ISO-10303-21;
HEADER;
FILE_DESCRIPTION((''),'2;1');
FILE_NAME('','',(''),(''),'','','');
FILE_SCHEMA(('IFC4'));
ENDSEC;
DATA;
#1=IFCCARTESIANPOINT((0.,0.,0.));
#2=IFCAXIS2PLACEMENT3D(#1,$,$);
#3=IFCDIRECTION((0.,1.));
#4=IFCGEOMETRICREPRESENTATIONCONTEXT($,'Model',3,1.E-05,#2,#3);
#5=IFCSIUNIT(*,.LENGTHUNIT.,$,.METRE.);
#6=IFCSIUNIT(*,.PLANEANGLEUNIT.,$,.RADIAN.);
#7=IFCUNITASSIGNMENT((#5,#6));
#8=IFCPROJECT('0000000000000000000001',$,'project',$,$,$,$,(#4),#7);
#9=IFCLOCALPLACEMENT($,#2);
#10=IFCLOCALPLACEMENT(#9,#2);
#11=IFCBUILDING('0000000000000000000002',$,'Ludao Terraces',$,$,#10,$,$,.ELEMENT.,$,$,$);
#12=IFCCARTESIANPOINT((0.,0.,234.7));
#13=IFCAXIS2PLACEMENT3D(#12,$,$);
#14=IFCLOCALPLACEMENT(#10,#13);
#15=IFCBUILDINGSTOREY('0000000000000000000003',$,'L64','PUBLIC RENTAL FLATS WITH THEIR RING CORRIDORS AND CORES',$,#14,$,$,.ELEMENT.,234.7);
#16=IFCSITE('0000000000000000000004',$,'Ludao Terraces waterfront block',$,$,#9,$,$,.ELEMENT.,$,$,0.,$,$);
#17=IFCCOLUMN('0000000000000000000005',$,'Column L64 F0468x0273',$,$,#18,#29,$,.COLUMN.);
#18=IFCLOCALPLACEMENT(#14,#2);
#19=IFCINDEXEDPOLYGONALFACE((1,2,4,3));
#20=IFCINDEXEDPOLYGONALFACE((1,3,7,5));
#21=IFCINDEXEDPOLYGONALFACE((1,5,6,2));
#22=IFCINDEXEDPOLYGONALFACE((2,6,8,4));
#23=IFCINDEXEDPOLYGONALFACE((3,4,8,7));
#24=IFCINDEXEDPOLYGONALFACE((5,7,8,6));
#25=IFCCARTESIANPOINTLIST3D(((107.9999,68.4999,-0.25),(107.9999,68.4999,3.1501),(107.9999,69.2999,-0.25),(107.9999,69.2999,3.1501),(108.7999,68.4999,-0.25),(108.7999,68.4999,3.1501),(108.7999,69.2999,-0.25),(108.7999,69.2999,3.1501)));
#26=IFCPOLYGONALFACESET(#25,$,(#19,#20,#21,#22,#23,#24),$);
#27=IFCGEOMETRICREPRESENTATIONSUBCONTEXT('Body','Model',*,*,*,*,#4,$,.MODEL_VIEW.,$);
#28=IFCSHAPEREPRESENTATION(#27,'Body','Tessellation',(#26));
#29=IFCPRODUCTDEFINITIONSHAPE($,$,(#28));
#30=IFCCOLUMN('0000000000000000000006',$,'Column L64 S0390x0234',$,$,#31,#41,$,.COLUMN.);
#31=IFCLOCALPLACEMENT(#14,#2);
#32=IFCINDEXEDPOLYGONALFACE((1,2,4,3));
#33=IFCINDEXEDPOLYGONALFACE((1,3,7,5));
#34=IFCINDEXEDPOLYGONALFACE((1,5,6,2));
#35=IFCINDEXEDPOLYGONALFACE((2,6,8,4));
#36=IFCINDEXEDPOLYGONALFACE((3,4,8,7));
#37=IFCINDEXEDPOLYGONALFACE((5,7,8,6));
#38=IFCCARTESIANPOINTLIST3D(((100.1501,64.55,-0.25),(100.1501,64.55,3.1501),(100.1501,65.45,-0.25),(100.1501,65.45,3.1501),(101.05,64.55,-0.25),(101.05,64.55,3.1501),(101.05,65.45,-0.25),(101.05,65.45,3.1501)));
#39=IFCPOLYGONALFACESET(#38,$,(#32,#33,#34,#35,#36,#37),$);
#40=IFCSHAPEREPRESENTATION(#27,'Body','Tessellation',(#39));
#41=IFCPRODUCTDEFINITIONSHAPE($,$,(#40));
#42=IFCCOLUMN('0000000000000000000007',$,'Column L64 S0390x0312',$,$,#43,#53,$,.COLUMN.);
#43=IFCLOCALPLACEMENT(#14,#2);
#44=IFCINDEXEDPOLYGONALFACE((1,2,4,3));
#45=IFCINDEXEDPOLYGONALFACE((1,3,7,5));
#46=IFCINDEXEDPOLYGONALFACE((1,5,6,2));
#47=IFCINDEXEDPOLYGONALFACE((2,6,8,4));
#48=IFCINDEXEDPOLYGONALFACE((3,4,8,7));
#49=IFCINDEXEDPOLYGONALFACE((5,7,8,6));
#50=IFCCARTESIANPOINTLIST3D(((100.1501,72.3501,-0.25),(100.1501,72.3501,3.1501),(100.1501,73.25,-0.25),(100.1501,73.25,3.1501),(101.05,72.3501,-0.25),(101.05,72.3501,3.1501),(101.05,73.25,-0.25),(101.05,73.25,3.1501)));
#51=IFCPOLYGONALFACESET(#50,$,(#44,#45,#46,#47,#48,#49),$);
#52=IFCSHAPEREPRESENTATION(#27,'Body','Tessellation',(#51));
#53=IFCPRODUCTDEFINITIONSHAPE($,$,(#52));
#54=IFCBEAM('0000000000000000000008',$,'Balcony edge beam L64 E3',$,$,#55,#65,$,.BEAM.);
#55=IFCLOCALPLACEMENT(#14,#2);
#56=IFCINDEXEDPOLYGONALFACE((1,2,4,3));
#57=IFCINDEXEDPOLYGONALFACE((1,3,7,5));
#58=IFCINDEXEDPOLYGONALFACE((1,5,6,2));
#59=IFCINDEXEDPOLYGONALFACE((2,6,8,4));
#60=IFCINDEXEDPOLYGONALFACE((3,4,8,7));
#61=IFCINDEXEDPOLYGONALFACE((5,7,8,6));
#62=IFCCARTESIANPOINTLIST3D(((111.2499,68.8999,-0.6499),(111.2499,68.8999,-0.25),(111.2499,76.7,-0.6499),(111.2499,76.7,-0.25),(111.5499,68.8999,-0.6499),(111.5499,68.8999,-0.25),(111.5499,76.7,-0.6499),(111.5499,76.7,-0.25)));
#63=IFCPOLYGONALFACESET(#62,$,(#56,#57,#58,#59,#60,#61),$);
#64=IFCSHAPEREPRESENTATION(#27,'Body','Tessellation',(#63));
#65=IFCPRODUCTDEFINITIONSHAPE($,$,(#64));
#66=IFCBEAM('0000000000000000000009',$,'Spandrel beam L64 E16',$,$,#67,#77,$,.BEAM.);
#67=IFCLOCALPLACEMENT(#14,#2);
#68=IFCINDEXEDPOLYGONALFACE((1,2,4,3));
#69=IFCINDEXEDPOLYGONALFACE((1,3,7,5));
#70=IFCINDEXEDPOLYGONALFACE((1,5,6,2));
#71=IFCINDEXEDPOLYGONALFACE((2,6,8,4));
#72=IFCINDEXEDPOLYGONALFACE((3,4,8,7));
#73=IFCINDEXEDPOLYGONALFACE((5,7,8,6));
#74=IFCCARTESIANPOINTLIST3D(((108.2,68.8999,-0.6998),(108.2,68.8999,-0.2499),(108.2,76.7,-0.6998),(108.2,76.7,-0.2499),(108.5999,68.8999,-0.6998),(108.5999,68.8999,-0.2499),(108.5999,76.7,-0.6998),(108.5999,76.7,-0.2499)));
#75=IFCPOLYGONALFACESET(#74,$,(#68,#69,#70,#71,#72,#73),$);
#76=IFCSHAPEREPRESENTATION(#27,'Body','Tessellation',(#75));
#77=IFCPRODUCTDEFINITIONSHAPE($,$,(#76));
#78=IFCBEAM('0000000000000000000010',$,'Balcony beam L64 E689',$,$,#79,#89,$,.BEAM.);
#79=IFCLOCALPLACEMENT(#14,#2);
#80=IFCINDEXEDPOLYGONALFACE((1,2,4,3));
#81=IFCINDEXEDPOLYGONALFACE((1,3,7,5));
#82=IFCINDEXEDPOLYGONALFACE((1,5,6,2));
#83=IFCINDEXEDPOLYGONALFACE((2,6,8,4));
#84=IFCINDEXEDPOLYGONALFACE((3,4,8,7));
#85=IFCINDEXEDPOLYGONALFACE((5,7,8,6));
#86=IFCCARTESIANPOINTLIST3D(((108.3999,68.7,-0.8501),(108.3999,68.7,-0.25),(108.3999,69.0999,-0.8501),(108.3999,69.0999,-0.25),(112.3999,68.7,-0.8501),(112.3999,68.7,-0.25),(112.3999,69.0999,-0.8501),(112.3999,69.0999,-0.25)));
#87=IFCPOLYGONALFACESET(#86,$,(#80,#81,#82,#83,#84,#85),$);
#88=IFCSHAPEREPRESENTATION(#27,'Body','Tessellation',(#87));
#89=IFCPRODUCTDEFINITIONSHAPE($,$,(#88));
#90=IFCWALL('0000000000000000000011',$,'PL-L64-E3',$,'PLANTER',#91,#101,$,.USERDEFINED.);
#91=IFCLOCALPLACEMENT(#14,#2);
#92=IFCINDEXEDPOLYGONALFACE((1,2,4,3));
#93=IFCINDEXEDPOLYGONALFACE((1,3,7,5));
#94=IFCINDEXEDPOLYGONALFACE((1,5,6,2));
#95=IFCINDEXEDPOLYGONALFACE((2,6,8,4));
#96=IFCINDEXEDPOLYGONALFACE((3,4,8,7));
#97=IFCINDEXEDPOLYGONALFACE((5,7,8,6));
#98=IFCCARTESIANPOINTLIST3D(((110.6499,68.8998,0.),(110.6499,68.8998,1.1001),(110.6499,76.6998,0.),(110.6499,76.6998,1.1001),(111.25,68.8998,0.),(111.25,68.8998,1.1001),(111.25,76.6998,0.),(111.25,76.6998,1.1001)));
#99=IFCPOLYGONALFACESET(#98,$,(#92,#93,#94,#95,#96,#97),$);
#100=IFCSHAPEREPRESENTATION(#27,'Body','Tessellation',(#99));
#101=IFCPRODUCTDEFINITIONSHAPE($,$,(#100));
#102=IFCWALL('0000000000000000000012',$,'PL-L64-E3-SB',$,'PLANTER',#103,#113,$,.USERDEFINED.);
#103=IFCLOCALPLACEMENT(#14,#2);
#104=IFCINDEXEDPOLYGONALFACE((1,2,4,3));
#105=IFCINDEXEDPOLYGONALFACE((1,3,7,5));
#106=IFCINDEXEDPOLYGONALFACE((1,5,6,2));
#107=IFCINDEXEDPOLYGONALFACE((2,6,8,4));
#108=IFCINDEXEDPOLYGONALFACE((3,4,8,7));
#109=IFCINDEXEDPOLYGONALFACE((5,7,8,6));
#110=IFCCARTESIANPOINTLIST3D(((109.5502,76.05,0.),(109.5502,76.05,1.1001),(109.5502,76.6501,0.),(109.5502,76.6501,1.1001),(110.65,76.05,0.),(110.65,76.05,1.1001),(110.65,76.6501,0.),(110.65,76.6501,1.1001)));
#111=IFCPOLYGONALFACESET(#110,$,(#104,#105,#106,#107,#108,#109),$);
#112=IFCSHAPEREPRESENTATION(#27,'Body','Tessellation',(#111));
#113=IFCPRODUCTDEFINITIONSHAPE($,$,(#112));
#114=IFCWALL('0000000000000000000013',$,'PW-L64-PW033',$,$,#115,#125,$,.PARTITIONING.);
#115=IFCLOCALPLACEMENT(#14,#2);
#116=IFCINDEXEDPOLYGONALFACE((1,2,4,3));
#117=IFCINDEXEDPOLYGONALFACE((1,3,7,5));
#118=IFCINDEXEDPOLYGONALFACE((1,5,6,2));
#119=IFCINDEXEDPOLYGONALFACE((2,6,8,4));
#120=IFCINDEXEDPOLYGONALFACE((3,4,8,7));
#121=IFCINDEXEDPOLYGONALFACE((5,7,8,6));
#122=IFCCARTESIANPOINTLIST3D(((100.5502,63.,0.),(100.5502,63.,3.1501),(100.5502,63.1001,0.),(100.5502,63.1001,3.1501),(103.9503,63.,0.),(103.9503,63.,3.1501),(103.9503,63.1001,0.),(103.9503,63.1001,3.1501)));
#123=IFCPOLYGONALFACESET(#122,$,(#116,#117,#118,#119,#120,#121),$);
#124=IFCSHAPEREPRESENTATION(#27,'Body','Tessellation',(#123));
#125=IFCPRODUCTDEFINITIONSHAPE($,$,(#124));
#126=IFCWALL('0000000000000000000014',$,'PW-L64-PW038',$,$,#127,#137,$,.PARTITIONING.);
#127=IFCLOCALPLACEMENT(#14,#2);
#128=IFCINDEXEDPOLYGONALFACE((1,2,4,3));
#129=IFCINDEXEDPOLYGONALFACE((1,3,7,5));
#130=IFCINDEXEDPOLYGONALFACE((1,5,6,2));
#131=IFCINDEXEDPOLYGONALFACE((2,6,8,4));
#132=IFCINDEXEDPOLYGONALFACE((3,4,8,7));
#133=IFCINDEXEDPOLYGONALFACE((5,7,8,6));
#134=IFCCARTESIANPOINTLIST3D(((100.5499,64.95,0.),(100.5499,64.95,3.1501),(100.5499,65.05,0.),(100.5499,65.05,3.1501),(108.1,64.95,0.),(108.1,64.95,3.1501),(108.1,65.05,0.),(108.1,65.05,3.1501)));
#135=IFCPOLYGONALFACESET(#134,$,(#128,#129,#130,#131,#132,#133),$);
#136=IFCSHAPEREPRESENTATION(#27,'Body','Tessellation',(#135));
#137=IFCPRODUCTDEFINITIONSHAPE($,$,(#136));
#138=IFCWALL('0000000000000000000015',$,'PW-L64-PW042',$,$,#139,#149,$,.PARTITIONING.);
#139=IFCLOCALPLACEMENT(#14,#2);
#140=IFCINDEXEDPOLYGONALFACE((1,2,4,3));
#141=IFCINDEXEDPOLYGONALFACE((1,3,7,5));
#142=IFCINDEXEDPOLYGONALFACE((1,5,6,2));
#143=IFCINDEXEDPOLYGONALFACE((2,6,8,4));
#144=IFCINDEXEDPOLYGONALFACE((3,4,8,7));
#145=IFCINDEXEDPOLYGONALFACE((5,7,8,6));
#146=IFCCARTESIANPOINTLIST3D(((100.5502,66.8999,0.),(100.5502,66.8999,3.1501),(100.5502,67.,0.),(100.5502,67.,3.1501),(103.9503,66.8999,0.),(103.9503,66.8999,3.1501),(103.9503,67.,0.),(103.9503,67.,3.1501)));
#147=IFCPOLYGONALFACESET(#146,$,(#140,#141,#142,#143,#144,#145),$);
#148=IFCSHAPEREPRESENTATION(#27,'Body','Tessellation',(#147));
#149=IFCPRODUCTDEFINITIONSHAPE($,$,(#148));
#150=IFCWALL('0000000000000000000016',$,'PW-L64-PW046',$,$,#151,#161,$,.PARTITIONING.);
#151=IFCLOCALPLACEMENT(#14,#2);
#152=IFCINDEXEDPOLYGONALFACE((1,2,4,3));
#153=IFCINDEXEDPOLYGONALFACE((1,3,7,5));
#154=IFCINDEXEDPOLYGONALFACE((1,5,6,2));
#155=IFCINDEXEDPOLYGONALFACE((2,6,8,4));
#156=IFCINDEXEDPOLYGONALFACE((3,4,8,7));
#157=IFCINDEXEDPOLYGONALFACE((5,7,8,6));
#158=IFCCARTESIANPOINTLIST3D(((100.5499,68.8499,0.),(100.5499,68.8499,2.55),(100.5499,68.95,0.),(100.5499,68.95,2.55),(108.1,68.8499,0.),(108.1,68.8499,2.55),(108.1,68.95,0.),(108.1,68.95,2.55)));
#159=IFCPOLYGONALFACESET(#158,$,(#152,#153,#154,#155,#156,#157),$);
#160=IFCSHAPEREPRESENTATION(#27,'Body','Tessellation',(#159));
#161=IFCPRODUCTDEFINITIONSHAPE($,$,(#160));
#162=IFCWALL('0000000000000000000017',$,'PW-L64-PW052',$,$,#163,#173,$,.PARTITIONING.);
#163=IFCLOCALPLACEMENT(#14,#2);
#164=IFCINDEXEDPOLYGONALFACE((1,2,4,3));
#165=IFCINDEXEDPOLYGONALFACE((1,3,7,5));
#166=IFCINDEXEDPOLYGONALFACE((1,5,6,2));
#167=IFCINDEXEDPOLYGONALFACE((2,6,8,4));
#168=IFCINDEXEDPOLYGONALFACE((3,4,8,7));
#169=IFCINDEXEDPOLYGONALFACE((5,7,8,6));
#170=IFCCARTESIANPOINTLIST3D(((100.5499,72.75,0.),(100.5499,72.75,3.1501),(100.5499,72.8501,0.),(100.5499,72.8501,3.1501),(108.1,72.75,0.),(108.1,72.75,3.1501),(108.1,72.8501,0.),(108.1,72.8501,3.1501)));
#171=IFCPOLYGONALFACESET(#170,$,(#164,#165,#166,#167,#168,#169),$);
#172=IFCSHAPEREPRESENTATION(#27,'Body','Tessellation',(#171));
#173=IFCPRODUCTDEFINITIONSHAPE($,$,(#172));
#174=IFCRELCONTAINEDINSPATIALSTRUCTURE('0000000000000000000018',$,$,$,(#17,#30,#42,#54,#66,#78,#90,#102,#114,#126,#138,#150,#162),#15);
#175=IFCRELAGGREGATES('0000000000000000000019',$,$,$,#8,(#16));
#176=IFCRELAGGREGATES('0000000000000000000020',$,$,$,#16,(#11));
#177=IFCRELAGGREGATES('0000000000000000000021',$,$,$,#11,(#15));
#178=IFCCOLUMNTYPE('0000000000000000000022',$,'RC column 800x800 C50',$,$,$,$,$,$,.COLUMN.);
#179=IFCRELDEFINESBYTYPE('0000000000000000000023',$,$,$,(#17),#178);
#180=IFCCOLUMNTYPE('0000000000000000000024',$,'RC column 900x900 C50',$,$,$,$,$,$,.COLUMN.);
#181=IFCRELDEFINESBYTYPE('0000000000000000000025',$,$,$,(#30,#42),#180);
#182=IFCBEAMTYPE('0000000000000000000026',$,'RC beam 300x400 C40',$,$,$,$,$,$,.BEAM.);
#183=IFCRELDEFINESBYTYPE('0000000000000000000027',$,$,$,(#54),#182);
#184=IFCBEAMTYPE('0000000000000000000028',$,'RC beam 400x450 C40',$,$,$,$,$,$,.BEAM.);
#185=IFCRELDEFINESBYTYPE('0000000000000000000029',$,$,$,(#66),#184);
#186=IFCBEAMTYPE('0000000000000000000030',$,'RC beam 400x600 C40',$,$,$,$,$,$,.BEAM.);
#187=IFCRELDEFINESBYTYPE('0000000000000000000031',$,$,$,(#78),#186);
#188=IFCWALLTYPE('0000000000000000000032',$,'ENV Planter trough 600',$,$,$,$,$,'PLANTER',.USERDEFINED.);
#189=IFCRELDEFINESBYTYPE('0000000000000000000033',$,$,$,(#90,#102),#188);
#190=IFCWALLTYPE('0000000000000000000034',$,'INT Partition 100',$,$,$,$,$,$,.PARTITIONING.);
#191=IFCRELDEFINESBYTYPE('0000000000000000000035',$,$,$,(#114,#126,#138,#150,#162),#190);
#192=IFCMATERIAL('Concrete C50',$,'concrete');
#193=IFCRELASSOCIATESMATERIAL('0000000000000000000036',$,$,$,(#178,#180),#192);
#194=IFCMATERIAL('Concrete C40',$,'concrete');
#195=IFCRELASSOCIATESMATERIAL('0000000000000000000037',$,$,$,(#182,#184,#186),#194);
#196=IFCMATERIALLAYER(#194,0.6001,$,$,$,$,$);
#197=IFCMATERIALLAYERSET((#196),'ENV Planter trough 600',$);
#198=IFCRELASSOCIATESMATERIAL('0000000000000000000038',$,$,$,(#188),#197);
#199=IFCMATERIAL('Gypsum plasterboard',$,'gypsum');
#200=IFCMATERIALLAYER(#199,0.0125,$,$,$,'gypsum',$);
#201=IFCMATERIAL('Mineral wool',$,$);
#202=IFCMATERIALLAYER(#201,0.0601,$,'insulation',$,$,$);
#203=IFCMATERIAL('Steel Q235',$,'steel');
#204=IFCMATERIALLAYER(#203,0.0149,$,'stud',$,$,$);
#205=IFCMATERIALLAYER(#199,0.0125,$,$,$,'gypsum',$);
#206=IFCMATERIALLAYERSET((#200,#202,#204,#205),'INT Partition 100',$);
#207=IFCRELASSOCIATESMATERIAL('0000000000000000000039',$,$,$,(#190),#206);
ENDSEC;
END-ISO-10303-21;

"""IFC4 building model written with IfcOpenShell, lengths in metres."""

from ifc_helpers import new_model, si_unit, direction, frame, frame_2d, origin, origin_2d, place, context, subcontext, project, spatial, rectangle, extrude, material, layer, layer_set, material_profile, profile_set, type_object, element, save


model = new_model("IFC4")

# Units and contexts
model_context = context("Model", 3, precision=1e-05, world=origin(), true_north=direction((0.0, 1.0)))
body_context = subcontext(model_context, "Body", "Model", "MODEL_VIEW")
ifc_project = project(units=[si_unit("LENGTHUNIT", "METRE"), si_unit("PLANEANGLEUNIT", "RADIAN")], contexts=[model_context])

# Site, building, storey
site_placement = place(None, origin())
site = spatial("IfcSite", under=ifc_project, at=site_placement, Name="Ludao Terraces waterfront block", CompositionType="ELEMENT", RefElevation=0.0)
building_placement = place(site_placement, origin())
building = spatial("IfcBuilding", under=site, at=building_placement, Name="Ludao Terraces", CompositionType="ELEMENT")
storey_placement = place(building_placement, frame((0.0, 0.0, 234.7)))
storey = spatial("IfcBuildingStorey", under=building, at=storey_placement, Name="L64", Description="PUBLIC RENTAL FLATS WITH THEIR RING CORRIDORS AND CORES", CompositionType="ELEMENT", Elevation=234.7)

# Columns
ifc_material_1 = material(Name="Concrete C50", Category="concrete")
ifc_material_profile_1 = material_profile(ifc_material_1, rectangle(XDim=0.8, YDim=0.8, at=origin_2d()), Name="800 X 800")
ifc_profile_set_1 = profile_set([ifc_material_profile_1], Name="Concrete C50")
column_type_1 = type_object("IfcColumnType", Name="RC column 800x800 C50", PredefinedType="COLUMN", material=ifc_profile_set_1)
column_placement = place(storey_placement, frame((108.3999, 68.8999, -0.25), z_axis=(0.0, 0.0, 1.0), x_axis=(1.0, 0.0, 0.0)))
element("IfcColumn", 1, at=column_placement, inside=storey, type_object=column_type_1, Name="Column L64 F0468x0273", PredefinedType="COLUMN", context=body_context, shape_type="SweptSolid", body=[
    extrude(rectangle(XDim=0.8, YDim=0.8, at=origin_2d()), origin(), (0.0, 0.0, 1.0), 3.4001),
])
ifc_material_profile_2 = material_profile(ifc_material_1, rectangle(XDim=0.8999, YDim=0.8999, at=origin_2d()), Name="900 X 900")
ifc_profile_set_2 = profile_set([ifc_material_profile_2], Name="Concrete C50")
column_type_2 = type_object("IfcColumnType", Name="RC column 900x900 C50", PredefinedType="COLUMN", material=ifc_profile_set_2)
for number, where, z_axis, x_axis, name in (
    (2, (100.6001, 65.0, -0.25), (0.0, 0.0, 1.0), (1.0, 0.0, 0.0), "Column L64 S0390x0234"),
    (3, (100.6001, 72.8, -0.25), (0.0, 0.0, 1.0), (1.0, 0.0, 0.0), "Column L64 S0390x0312"),
):
    element("IfcColumn", number, at=place(storey_placement, frame(where, z_axis=z_axis, x_axis=x_axis)), inside=storey, type_object=column_type_2, Name=name, PredefinedType="COLUMN", context=body_context, shape_type="SweptSolid", body=[
        extrude(rectangle(XDim=0.8999, YDim=0.8999, at=origin_2d()), origin(), (0.0, 0.0, 1.0), 3.4001),
    ])

# Beams
ifc_material_2 = material(Name="Concrete C40", Category="concrete")
ifc_material_profile_3 = material_profile(ifc_material_2, rectangle(XDim=0.3, YDim=0.3999, at=origin_2d()), Name="300 X 400")
ifc_profile_set_3 = profile_set([ifc_material_profile_3], Name="Concrete C40")
beam_type_1 = type_object("IfcBeamType", Name="RC beam 300x400 C40", PredefinedType="BEAM", material=ifc_profile_set_3)
beam_1_placement = place(storey_placement, frame((111.3999, 68.8999, -0.45), z_axis=(0.0, 1.0, 0.0), x_axis=(-1.0, 0.0, 0.0)))
element("IfcBeam", 4, at=beam_1_placement, inside=storey, type_object=beam_type_1, Name="Balcony edge beam L64 E3", PredefinedType="BEAM", context=body_context, shape_type="SweptSolid", body=[
    extrude(rectangle(XDim=0.3, YDim=0.3999, at=origin_2d()), origin(), (0.0, 0.0, 1.0), 7.8),
])
ifc_material_profile_4 = material_profile(ifc_material_2, rectangle(XDim=0.3999, YDim=0.45, at=origin_2d()), Name="400 X 450")
ifc_profile_set_4 = profile_set([ifc_material_profile_4], Name="Concrete C40")
beam_type_2 = type_object("IfcBeamType", Name="RC beam 400x450 C40", PredefinedType="BEAM", material=ifc_profile_set_4)
beam_2_placement = place(storey_placement, frame((108.3999, 68.8999, -0.4749), z_axis=(0.0, 1.0, 0.0), x_axis=(-1.0, 0.0, 0.0)))
element("IfcBeam", 5, at=beam_2_placement, inside=storey, type_object=beam_type_2, Name="Spandrel beam L64 E16", PredefinedType="BEAM", context=body_context, shape_type="SweptSolid", body=[
    extrude(rectangle(XDim=0.3999, YDim=0.45, at=origin_2d()), origin(), (0.0, 0.0, 1.0), 7.8),
])
ifc_material_profile_5 = material_profile(ifc_material_2, rectangle(XDim=0.3999, YDim=0.6001, at=origin_2d()), Name="400 X 600")
ifc_profile_set_5 = profile_set([ifc_material_profile_5], Name="Concrete C40")
beam_type_3 = type_object("IfcBeamType", Name="RC beam 400x600 C40", PredefinedType="BEAM", material=ifc_profile_set_5)
beam_3_placement = place(storey_placement, frame((108.3999, 68.8999, -0.55), z_axis=(1.0, 0.0, 0.0), x_axis=(0.0, 1.0, 0.0)))
element("IfcBeam", 6, at=beam_3_placement, inside=storey, type_object=beam_type_3, Name="Balcony beam L64 E689", PredefinedType="BEAM", context=body_context, shape_type="SweptSolid", body=[
    extrude(rectangle(XDim=0.3999, YDim=0.6001, at=origin_2d()), origin(), (0.0, 0.0, 1.0), 4.0),
])

# Walls
ifc_layer_1 = layer(ifc_material_2, 0.6001)
ifc_layer_set_1 = layer_set([ifc_layer_1], Name="ENV Planter trough 600")
wall_type_1 = type_object("IfcWallType", Name="ENV Planter trough 600", ElementType="PLANTER", PredefinedType="USERDEFINED", material=ifc_layer_set_1)
wall_1_placement = place(storey_placement, frame((110.95, 68.8999, 0.0), z_axis=(0.0, 0.0, 1.0), x_axis=(0.0, 1.0, 0.0)))
element("IfcWall", 7, at=wall_1_placement, inside=storey, type_object=wall_type_1, Name="PL-L64-E3", ObjectType="PLANTER", PredefinedType="USERDEFINED", context=body_context, shape_type="SweptSolid", body=[
    extrude(rectangle(XDim=7.8, YDim=0.6001, at=frame_2d((3.8999, 0.0))), origin(), (0.0, 0.0, 1.0), 1.1001),
])
wall_2_placement = place(storey_placement, frame((110.6499, 76.3501, 0.0), z_axis=(0.0, 0.0, 1.0), x_axis=(-1.0, 0.0, 0.0)))
element("IfcWall", 8, at=wall_2_placement, inside=storey, type_object=wall_type_1, Name="PL-L64-E3-SB", ObjectType="PLANTER", PredefinedType="USERDEFINED", context=body_context, shape_type="SweptSolid", body=[
    extrude(rectangle(XDim=1.0999, YDim=0.6001, at=frame_2d((0.5498, 0.0))), origin(), (0.0, 0.0, 1.0), 1.1001),
])

# Shared definitions
ifc_material_3 = material(Name="Mineral wool")

# Walls
ifc_material_4 = material(Name="Gypsum plasterboard", Category="gypsum")
ifc_layer_2 = layer(ifc_material_4, 0.0125, Category="gypsum")
ifc_layer_3 = layer(ifc_material_3, 0.0601, Name="insulation")
ifc_material_5 = material(Name="Steel Q235", Category="steel")
ifc_layer_4 = layer(ifc_material_5, 0.0149, Name="stud")
ifc_layer_5 = layer(ifc_material_4, 0.0125, Category="gypsum")
ifc_layer_set_2 = layer_set([ifc_layer_2, ifc_layer_3, ifc_layer_4, ifc_layer_5], Name="INT Partition 100")
wall_type_2 = type_object("IfcWallType", Name="INT Partition 100", PredefinedType="PARTITIONING", material=ifc_layer_set_2)
wall_3_placement = place(storey_placement, frame((100.55, 63.05, 0.0), z_axis=(0.0, 0.0, 1.0), x_axis=(1.0, 0.0, 0.0)))
element("IfcWall", 9, at=wall_3_placement, inside=storey, type_object=wall_type_2, Name="PW-L64-PW033", PredefinedType="PARTITIONING", context=body_context, shape_type="SweptSolid", body=[
    extrude(rectangle(XDim=3.4001, YDim=0.1001, at=frame_2d((1.7002, 0.0))), origin(), (0.0, 0.0, 1.0), 3.1501),
])
wall_4_placement = place(storey_placement, frame((100.55, 65.0, 0.0), z_axis=(0.0, 0.0, 1.0), x_axis=(1.0, 0.0, 0.0)))
element("IfcWall", 10, at=wall_4_placement, inside=storey, type_object=wall_type_2, Name="PW-L64-PW038", PredefinedType="PARTITIONING", context=body_context, shape_type="SweptSolid", body=[
    extrude(rectangle(XDim=7.55, YDim=0.1001, at=frame_2d((3.7749, 0.0))), origin(), (0.0, 0.0, 1.0), 3.1501),
])
wall_5_placement = place(storey_placement, frame((100.55, 66.95, 0.0), z_axis=(0.0, 0.0, 1.0), x_axis=(1.0, 0.0, 0.0)))
element("IfcWall", 11, at=wall_5_placement, inside=storey, type_object=wall_type_2, Name="PW-L64-PW042", PredefinedType="PARTITIONING", context=body_context, shape_type="SweptSolid", body=[
    extrude(rectangle(XDim=3.4001, YDim=0.1001, at=frame_2d((1.7002, 0.0))), origin(), (0.0, 0.0, 1.0), 3.1501),
])
wall_6_placement = place(storey_placement, frame((100.55, 68.8999, 0.0), z_axis=(0.0, 0.0, 1.0), x_axis=(1.0, 0.0, 0.0)))
element("IfcWall", 12, at=wall_6_placement, inside=storey, type_object=wall_type_2, Name="PW-L64-PW046", PredefinedType="PARTITIONING", context=body_context, shape_type="SweptSolid", body=[
    extrude(rectangle(XDim=7.55, YDim=0.1001, at=frame_2d((3.7749, 0.0))), origin(), (0.0, 0.0, 1.0), 2.55),
])
wall_7_placement = place(storey_placement, frame((100.55, 72.8, 0.0), z_axis=(0.0, 0.0, 1.0), x_axis=(1.0, 0.0, 0.0)))
element("IfcWall", 13, at=wall_7_placement, inside=storey, type_object=wall_type_2, Name="PW-L64-PW052", PredefinedType="PARTITIONING", context=body_context, shape_type="SweptSolid", body=[
    extrude(rectangle(XDim=7.55, YDim=0.1001, at=frame_2d((3.7749, 0.0))), origin(), (0.0, 0.0, 1.0), 3.1501),
])

save(model, "model.ifc")
